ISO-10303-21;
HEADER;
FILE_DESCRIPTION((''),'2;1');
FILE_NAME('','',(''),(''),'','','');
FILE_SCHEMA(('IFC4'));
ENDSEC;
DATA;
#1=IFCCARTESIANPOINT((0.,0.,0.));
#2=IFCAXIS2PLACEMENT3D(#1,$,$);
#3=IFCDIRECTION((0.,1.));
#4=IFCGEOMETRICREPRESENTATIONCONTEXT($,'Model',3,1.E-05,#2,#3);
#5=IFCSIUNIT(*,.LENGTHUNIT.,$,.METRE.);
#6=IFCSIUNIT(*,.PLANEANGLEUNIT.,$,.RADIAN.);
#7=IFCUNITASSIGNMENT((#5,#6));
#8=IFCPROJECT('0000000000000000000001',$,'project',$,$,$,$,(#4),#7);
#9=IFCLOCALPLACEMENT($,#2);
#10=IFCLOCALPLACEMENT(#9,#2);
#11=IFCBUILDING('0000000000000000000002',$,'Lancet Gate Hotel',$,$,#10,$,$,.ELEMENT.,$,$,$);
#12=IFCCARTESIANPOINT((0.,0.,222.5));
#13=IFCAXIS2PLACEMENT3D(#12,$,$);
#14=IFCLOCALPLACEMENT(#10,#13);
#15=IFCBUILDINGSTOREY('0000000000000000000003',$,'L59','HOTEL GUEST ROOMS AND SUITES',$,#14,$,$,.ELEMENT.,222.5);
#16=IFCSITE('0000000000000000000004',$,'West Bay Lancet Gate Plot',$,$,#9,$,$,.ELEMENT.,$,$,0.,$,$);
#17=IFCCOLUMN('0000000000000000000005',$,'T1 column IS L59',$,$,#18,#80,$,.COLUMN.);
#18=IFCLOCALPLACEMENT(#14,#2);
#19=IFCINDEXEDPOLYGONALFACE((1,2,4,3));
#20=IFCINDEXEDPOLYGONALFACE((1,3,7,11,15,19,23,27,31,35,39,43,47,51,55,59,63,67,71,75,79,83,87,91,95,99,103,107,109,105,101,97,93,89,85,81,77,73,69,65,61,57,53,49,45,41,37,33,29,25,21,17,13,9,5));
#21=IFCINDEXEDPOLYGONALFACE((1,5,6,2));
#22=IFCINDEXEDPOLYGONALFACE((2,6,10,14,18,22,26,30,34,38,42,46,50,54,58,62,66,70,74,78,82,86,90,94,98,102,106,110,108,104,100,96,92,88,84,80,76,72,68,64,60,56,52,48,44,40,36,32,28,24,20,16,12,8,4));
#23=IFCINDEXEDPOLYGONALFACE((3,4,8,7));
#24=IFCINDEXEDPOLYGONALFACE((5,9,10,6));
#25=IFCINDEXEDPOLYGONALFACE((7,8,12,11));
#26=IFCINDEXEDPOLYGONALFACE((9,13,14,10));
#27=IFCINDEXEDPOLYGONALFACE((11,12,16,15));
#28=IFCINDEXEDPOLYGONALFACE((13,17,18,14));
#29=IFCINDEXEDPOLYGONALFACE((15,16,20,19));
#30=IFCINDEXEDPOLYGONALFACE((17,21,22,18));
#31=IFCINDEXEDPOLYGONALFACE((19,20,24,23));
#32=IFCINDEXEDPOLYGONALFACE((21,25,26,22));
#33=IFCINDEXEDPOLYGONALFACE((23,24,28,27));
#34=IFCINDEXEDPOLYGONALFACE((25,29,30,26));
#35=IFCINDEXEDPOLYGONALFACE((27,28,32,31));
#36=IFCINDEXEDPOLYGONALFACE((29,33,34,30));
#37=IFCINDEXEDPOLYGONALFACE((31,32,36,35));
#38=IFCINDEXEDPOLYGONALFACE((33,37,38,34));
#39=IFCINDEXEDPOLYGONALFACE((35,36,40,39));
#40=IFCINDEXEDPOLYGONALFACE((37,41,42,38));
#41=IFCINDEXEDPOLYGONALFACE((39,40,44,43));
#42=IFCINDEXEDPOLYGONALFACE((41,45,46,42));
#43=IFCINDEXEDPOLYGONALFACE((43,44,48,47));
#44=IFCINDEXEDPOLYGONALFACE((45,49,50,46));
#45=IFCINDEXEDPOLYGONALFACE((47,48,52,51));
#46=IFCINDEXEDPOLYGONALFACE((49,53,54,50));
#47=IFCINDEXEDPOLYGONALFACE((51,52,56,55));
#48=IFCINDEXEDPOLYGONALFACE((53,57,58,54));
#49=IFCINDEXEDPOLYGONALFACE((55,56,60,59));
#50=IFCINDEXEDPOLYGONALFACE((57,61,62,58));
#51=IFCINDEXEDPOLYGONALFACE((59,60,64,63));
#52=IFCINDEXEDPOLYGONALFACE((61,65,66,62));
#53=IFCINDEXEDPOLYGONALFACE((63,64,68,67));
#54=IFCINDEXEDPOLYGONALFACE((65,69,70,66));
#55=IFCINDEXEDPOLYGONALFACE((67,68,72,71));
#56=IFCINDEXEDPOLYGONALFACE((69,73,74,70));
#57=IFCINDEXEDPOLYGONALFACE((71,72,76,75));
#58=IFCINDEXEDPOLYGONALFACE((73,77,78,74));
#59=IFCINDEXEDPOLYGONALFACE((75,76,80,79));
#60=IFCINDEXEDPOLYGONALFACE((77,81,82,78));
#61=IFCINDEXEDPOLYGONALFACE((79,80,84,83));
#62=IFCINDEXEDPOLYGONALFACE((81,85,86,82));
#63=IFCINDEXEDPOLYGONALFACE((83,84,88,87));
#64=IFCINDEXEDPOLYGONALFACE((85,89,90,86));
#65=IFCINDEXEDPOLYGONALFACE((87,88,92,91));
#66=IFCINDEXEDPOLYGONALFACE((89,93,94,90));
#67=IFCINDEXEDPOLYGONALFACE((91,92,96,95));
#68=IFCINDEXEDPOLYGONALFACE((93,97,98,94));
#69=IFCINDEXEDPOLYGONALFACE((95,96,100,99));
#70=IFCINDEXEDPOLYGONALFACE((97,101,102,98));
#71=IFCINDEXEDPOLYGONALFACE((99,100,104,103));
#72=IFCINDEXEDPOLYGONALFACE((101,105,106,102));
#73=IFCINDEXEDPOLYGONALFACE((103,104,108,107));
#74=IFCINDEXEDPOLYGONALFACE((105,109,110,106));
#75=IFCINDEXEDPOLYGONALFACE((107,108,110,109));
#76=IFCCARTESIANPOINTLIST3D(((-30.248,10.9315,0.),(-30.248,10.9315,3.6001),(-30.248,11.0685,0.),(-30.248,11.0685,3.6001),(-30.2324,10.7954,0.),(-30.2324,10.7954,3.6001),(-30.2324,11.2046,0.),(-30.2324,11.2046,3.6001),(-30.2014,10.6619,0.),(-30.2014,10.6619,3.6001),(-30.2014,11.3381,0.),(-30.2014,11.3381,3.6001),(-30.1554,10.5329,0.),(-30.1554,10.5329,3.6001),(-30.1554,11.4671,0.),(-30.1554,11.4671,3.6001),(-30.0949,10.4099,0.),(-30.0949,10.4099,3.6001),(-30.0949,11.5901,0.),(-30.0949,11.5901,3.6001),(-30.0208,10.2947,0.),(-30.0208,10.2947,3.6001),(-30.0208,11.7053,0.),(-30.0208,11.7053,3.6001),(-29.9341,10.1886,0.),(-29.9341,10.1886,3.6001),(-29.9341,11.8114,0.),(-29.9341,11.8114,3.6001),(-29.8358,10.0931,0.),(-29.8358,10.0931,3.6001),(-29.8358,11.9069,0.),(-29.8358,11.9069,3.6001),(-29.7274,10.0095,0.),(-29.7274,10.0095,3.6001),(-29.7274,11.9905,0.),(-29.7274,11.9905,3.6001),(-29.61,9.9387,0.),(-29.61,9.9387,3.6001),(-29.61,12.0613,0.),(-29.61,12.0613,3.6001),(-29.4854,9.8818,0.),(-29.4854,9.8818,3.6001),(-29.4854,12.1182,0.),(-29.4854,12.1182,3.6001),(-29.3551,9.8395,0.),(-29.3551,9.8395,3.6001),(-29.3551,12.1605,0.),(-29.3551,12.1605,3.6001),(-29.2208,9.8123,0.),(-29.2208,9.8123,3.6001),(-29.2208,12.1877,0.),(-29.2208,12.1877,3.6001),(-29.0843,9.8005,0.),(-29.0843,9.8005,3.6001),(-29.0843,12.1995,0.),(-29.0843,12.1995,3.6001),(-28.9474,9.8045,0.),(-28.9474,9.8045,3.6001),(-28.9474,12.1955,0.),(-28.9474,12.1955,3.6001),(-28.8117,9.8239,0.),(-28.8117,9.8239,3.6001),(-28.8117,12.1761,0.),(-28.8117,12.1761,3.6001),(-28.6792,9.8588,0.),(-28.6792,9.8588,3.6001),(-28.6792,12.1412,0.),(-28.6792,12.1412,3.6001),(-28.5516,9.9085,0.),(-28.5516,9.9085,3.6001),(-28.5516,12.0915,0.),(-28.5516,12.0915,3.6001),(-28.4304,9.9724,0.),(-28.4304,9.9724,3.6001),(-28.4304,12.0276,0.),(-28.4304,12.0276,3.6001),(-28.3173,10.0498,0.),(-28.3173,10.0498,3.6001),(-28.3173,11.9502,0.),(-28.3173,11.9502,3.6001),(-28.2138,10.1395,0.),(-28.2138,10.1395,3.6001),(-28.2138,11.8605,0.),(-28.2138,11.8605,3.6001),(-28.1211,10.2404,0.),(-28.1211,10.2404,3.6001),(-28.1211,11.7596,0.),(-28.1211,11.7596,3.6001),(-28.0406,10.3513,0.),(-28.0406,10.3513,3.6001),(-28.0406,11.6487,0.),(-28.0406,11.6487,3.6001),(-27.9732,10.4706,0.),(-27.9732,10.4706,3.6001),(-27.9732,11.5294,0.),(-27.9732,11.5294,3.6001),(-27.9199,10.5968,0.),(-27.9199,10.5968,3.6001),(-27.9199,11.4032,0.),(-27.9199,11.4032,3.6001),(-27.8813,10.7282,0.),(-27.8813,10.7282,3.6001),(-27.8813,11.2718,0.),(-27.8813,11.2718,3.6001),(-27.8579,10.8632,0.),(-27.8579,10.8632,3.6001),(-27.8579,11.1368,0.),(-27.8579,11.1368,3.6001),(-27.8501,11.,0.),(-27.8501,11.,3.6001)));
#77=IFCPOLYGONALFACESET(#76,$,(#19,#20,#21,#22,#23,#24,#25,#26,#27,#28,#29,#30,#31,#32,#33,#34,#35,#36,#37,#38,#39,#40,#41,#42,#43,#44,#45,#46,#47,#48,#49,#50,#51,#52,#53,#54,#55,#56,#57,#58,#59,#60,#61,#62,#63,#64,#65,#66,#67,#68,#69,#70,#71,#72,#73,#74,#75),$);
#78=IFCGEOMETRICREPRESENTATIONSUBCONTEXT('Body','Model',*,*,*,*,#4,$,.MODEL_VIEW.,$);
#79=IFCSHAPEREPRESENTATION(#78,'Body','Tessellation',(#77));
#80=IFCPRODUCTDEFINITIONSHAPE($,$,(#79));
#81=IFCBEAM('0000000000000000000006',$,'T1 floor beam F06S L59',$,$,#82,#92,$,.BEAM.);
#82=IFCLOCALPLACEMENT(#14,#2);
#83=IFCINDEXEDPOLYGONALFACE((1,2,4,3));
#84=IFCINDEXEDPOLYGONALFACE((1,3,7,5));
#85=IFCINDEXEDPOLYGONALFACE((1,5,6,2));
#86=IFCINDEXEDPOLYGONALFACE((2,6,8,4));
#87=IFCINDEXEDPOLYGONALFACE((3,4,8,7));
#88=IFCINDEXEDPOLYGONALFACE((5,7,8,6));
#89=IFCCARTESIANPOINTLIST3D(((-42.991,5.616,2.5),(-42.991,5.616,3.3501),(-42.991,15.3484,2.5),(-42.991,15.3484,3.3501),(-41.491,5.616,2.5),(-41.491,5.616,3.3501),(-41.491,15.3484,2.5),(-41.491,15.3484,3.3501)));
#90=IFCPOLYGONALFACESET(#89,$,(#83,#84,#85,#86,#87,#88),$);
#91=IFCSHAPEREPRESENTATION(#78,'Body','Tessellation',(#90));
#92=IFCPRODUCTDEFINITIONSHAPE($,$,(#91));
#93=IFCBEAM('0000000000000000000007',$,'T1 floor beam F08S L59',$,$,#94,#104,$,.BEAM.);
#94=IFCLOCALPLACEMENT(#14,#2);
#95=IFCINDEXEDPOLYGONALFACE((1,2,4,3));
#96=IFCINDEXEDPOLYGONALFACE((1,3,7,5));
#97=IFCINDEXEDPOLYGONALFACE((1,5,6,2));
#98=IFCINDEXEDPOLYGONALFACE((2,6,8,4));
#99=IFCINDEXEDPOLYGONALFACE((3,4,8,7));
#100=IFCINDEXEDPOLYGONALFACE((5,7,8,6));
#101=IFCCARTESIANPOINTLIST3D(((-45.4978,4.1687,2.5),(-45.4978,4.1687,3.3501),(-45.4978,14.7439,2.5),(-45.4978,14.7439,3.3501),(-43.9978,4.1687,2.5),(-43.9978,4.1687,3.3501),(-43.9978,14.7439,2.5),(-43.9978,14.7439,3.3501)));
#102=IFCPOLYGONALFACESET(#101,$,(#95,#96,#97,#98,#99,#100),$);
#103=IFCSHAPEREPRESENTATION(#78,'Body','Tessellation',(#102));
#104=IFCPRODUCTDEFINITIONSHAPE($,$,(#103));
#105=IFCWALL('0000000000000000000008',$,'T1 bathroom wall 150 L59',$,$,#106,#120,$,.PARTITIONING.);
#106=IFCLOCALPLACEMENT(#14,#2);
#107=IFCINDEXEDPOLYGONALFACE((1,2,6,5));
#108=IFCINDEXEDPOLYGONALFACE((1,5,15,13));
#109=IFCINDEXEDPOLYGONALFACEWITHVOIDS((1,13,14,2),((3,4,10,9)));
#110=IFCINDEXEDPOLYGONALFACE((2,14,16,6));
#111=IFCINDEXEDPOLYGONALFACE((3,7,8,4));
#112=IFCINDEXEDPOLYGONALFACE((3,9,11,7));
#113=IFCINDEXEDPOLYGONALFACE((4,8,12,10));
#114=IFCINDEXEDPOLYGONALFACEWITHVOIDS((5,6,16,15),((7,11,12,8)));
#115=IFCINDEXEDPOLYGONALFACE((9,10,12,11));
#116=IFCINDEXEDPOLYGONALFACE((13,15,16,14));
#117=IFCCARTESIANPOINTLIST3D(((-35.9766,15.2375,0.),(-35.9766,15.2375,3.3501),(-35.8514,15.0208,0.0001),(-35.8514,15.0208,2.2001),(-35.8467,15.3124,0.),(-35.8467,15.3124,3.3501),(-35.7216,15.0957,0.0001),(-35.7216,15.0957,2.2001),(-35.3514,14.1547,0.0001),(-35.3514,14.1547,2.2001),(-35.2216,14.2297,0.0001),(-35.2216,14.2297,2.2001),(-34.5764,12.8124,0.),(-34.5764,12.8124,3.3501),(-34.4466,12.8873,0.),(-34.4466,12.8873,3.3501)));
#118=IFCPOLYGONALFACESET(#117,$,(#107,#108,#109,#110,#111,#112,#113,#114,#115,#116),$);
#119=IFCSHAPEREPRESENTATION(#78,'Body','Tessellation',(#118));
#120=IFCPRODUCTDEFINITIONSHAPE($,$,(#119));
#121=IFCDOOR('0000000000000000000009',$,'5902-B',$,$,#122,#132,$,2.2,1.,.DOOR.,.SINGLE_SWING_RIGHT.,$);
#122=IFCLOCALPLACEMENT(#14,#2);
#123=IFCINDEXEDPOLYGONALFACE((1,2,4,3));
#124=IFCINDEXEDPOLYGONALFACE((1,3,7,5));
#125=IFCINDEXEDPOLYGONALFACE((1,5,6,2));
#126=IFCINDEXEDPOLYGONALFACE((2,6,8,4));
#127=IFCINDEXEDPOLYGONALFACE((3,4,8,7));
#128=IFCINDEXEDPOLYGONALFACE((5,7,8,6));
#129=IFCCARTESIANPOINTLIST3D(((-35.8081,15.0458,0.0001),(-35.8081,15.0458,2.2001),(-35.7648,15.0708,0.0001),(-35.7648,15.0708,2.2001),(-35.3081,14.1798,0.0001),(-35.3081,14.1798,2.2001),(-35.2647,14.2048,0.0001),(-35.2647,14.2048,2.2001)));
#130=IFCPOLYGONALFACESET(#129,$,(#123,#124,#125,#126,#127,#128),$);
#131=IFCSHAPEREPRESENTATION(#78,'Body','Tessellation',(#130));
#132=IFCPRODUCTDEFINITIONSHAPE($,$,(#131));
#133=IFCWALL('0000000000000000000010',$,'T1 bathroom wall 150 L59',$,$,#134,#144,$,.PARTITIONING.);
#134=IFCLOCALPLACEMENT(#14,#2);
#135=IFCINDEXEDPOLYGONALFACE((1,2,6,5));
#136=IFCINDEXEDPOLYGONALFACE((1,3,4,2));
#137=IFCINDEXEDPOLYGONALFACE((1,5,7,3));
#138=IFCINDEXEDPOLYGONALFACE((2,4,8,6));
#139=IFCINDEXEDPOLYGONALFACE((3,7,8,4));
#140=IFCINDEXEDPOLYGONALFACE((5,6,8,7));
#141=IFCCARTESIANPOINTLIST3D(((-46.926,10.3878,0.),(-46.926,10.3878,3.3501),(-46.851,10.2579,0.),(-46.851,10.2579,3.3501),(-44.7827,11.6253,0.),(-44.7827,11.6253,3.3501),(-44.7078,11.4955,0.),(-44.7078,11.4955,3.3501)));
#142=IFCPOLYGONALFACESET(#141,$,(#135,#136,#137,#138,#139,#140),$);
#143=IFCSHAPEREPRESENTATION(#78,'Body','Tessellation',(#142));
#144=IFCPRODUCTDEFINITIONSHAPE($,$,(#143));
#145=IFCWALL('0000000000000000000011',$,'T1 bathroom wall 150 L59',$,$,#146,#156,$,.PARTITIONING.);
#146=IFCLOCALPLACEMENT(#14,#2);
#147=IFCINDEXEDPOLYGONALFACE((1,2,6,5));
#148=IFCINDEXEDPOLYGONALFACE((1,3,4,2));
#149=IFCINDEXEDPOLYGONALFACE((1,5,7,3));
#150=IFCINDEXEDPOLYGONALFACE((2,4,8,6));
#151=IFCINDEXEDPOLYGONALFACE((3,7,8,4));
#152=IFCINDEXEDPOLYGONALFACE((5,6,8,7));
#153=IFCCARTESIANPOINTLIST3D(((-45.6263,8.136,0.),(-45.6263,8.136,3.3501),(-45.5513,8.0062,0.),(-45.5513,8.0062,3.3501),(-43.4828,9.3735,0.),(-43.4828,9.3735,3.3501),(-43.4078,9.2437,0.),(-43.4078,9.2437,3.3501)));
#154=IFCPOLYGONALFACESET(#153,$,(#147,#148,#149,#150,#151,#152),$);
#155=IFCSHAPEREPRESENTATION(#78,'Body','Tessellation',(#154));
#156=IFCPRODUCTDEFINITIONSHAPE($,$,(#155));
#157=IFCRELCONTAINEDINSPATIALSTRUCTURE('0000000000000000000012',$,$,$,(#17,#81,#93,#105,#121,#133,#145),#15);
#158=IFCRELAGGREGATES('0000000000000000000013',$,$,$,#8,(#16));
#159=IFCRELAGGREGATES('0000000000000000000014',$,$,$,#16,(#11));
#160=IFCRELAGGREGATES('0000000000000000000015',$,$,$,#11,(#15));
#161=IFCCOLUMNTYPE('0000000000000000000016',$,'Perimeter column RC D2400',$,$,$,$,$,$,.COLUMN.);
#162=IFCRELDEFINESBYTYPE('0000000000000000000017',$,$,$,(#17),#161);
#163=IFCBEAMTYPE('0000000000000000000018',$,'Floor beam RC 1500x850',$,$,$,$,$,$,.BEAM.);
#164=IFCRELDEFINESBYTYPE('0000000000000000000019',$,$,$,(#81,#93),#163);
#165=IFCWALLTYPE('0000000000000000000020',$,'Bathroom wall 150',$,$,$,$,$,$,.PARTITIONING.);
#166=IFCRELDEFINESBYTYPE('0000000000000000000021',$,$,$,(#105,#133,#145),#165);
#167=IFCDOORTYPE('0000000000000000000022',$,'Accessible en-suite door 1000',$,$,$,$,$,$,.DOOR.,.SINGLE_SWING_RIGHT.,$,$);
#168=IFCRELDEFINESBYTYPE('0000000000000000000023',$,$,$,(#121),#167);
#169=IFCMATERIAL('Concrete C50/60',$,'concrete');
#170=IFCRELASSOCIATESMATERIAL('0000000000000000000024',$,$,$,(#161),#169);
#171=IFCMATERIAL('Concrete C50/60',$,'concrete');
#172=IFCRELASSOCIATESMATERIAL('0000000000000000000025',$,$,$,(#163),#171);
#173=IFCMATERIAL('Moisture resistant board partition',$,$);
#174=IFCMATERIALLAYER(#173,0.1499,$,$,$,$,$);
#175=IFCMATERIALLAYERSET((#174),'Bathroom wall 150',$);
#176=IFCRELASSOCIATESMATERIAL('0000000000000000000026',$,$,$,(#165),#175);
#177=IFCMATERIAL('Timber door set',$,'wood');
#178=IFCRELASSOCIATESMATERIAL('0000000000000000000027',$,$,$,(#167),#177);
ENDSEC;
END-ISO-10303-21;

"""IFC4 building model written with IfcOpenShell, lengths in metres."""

from ifc_helpers import new_model, si_unit, direction, frame, frame_2d, origin, origin_2d, place, context, subcontext, project, spatial, rectangle, circle, extrude, material, layer, layer_set, material_profile, profile_set, type_object, element, fill, save


model = new_model("IFC4")

# Units and contexts
model_context = context("Model", 3, precision=1e-05, world=origin(), true_north=direction((0.0, 1.0)))
body_context = subcontext(model_context, "Body", "Model", "MODEL_VIEW")
ifc_project = project(units=[si_unit("LENGTHUNIT", "METRE"), si_unit("PLANEANGLEUNIT", "RADIAN")], contexts=[model_context])

# Site, building, storey
site_placement = place(None, origin())
site = spatial("IfcSite", under=ifc_project, at=site_placement, Name="West Bay Lancet Gate Plot", CompositionType="ELEMENT", RefElevation=0.0)
building_placement = place(site_placement, origin())
building = spatial("IfcBuilding", under=site, at=building_placement, Name="Lancet Gate Hotel", CompositionType="ELEMENT")
storey_placement = place(building_placement, frame((0.0, 0.0, 222.5)))
storey = spatial("IfcBuildingStorey", under=building, at=storey_placement, Name="L59", Description="HOTEL GUEST ROOMS AND SUITES", CompositionType="ELEMENT", Elevation=222.5)

# Column
ifc_material_1 = material(Name="Concrete C50/60", Category="concrete")
ifc_material_profile_1 = material_profile(ifc_material_1, circle(Radius=1.2, at=origin_2d()), Name="RC D2400")
ifc_profile_set_1 = profile_set([ifc_material_profile_1], Name="Concrete C50/60")
column_type = type_object("IfcColumnType", Name="Perimeter column RC D2400", PredefinedType="COLUMN", material=ifc_profile_set_1)
column_placement = place(storey_placement, frame((-29.05, 11.0, 0.0), z_axis=(0.0, 0.0, 1.0), x_axis=(1.0, 0.0, 0.0)))
element("IfcColumn", 1, at=column_placement, inside=storey, type_object=column_type, Name="T1 column IS L59", PredefinedType="COLUMN", context=body_context, shape_type="SweptSolid", body=[
    extrude(circle(Radius=1.2, at=origin_2d()), origin(), (0.0, 0.0, 1.0), 3.6001),
])

# Beams
ifc_material_2 = material(Name="Concrete C50/60", Category="concrete")
ifc_material_profile_2 = material_profile(ifc_material_2, rectangle(XDim=1.5, YDim=0.8501, at=origin_2d()), Name="RC 1500x850")
ifc_profile_set_2 = profile_set([ifc_material_profile_2], Name="Concrete C50/60")
beam_type = type_object("IfcBeamType", Name="Floor beam RC 1500x850", PredefinedType="BEAM", material=ifc_profile_set_2)
beam_1_placement = place(storey_placement, frame((-42.241, 15.3484, 2.925), z_axis=(0.0, -1.0, 0.0), x_axis=(1.0, 0.0, 0.0)))
element("IfcBeam", 2, at=beam_1_placement, inside=storey, type_object=beam_type, Name="T1 floor beam F06S L59", PredefinedType="BEAM", context=body_context, shape_type="SweptSolid", body=[
    extrude(rectangle(XDim=1.5, YDim=0.8501, at=origin_2d()), origin(), (0.0, 0.0, 1.0), 9.7324),
])
beam_2_placement = place(storey_placement, frame((-44.7478, 14.7439, 2.925), z_axis=(0.0, -1.0, 0.0), x_axis=(1.0, 0.0, 0.0)))
element("IfcBeam", 3, at=beam_2_placement, inside=storey, type_object=beam_type, Name="T1 floor beam F08S L59", PredefinedType="BEAM", context=body_context, shape_type="SweptSolid", body=[
    extrude(rectangle(XDim=1.5, YDim=0.8501, at=origin_2d()), origin(), (0.0, 0.0, 1.0), 10.5752),
])

# Wall, opening, door
ifc_material_3 = material(Name="Moisture resistant board partition")
ifc_layer_1 = layer(ifc_material_3, 0.1499)
ifc_layer_set_1 = layer_set([ifc_layer_1], Name="Bathroom wall 150")
wall_type_1 = type_object("IfcWallType", Name="Bathroom wall 150", PredefinedType="PARTITIONING", material=ifc_layer_set_1)
wall_1_placement = place(storey_placement, frame((-34.5115, 12.8499, 0.0), z_axis=(0.0, 0.0, 1.0), x_axis=(-0.500012, 0.866019, 0.0)))
wall_1 = element("IfcWall", 4, at=wall_1_placement, inside=storey, type_object=wall_type_1, Name="T1 bathroom wall 150 L59", PredefinedType="PARTITIONING", context=body_context, shape_type="SweptSolid", body=[
    extrude(rectangle(XDim=2.8003, YDim=0.1499, at=frame_2d((1.4001, 0.0))), origin(), (0.0, 0.0, 1.0), 3.3501),
])
opening_1_placement = place(wall_1_placement, frame((1.55, 0.0, 0.0)))
opening_1 = element("IfcOpeningElement", 5, at=opening_1_placement, cuts=wall_1, PredefinedType="OPENING", context=body_context, shape_type="SweptSolid", body=[
    extrude(rectangle(XDim=1.0, YDim=2.2, at=frame_2d((0.5, 1.1001))), frame((0.0, 0.085, 0.0), z_axis=(0.0, -1.0, 0.0), x_axis=(1.0, 0.0, 0.0)), (0.0, 0.0, 1.0), 0.1699),
])
ifc_material_4 = material(Name="Timber door set", Category="wood")
door_type_1 = type_object("IfcDoorType", Name="Accessible en-suite door 1000", OperationType="SINGLE_SWING_RIGHT", PredefinedType="DOOR", material=ifc_material_4)
door_1_placement = place(opening_1_placement, origin())
door_1 = element("IfcDoor", 6, at=door_1_placement, inside=storey, type_object=door_type_1, Name="5902-B", OperationType="SINGLE_SWING_RIGHT", OverallHeight=2.2, OverallWidth=1.0, PredefinedType="DOOR", context=body_context, shape_type="SweptSolid", body=[
    extrude(rectangle(XDim=1.0, YDim=2.2, at=frame_2d((0.5, 1.1001))), frame((0.0, 0.0249, 0.0), z_axis=(0.0, -1.0, 0.0), x_axis=(1.0, 0.0, 0.0)), (0.0, 0.0, 1.0), 0.05),
])
fill(opening_1, door_1)

# Walls
wall_2_placement = place(storey_placement, frame((-44.7454, 11.5603, 0.0), z_axis=(0.0, 0.0, 1.0), x_axis=(-0.866007, -0.500033, 0.0)))
element("IfcWall", 7, at=wall_2_placement, inside=storey, type_object=wall_type_1, Name="T1 bathroom wall 150 L59", PredefinedType="PARTITIONING", context=body_context, shape_type="SweptSolid", body=[
    extrude(rectangle(XDim=2.4749, YDim=0.1499, at=frame_2d((1.2373, 0.0))), origin(), (0.0, 0.0, 1.0), 3.3501),
])
wall_3_placement = place(storey_placement, frame((-43.4453, 9.3086, 0.0), z_axis=(0.0, 0.0, 1.0), x_axis=(-0.866031, -0.49999, 0.0)))
element("IfcWall", 8, at=wall_3_placement, inside=storey, type_object=wall_type_1, Name="T1 bathroom wall 150 L59", PredefinedType="PARTITIONING", context=body_context, shape_type="SweptSolid", body=[
    extrude(rectangle(XDim=2.4751, YDim=0.1499, at=frame_2d((1.2375, 0.0))), origin(), (0.0, 0.0, 1.0), 3.3501),
])

save(model, "model.ifc")
